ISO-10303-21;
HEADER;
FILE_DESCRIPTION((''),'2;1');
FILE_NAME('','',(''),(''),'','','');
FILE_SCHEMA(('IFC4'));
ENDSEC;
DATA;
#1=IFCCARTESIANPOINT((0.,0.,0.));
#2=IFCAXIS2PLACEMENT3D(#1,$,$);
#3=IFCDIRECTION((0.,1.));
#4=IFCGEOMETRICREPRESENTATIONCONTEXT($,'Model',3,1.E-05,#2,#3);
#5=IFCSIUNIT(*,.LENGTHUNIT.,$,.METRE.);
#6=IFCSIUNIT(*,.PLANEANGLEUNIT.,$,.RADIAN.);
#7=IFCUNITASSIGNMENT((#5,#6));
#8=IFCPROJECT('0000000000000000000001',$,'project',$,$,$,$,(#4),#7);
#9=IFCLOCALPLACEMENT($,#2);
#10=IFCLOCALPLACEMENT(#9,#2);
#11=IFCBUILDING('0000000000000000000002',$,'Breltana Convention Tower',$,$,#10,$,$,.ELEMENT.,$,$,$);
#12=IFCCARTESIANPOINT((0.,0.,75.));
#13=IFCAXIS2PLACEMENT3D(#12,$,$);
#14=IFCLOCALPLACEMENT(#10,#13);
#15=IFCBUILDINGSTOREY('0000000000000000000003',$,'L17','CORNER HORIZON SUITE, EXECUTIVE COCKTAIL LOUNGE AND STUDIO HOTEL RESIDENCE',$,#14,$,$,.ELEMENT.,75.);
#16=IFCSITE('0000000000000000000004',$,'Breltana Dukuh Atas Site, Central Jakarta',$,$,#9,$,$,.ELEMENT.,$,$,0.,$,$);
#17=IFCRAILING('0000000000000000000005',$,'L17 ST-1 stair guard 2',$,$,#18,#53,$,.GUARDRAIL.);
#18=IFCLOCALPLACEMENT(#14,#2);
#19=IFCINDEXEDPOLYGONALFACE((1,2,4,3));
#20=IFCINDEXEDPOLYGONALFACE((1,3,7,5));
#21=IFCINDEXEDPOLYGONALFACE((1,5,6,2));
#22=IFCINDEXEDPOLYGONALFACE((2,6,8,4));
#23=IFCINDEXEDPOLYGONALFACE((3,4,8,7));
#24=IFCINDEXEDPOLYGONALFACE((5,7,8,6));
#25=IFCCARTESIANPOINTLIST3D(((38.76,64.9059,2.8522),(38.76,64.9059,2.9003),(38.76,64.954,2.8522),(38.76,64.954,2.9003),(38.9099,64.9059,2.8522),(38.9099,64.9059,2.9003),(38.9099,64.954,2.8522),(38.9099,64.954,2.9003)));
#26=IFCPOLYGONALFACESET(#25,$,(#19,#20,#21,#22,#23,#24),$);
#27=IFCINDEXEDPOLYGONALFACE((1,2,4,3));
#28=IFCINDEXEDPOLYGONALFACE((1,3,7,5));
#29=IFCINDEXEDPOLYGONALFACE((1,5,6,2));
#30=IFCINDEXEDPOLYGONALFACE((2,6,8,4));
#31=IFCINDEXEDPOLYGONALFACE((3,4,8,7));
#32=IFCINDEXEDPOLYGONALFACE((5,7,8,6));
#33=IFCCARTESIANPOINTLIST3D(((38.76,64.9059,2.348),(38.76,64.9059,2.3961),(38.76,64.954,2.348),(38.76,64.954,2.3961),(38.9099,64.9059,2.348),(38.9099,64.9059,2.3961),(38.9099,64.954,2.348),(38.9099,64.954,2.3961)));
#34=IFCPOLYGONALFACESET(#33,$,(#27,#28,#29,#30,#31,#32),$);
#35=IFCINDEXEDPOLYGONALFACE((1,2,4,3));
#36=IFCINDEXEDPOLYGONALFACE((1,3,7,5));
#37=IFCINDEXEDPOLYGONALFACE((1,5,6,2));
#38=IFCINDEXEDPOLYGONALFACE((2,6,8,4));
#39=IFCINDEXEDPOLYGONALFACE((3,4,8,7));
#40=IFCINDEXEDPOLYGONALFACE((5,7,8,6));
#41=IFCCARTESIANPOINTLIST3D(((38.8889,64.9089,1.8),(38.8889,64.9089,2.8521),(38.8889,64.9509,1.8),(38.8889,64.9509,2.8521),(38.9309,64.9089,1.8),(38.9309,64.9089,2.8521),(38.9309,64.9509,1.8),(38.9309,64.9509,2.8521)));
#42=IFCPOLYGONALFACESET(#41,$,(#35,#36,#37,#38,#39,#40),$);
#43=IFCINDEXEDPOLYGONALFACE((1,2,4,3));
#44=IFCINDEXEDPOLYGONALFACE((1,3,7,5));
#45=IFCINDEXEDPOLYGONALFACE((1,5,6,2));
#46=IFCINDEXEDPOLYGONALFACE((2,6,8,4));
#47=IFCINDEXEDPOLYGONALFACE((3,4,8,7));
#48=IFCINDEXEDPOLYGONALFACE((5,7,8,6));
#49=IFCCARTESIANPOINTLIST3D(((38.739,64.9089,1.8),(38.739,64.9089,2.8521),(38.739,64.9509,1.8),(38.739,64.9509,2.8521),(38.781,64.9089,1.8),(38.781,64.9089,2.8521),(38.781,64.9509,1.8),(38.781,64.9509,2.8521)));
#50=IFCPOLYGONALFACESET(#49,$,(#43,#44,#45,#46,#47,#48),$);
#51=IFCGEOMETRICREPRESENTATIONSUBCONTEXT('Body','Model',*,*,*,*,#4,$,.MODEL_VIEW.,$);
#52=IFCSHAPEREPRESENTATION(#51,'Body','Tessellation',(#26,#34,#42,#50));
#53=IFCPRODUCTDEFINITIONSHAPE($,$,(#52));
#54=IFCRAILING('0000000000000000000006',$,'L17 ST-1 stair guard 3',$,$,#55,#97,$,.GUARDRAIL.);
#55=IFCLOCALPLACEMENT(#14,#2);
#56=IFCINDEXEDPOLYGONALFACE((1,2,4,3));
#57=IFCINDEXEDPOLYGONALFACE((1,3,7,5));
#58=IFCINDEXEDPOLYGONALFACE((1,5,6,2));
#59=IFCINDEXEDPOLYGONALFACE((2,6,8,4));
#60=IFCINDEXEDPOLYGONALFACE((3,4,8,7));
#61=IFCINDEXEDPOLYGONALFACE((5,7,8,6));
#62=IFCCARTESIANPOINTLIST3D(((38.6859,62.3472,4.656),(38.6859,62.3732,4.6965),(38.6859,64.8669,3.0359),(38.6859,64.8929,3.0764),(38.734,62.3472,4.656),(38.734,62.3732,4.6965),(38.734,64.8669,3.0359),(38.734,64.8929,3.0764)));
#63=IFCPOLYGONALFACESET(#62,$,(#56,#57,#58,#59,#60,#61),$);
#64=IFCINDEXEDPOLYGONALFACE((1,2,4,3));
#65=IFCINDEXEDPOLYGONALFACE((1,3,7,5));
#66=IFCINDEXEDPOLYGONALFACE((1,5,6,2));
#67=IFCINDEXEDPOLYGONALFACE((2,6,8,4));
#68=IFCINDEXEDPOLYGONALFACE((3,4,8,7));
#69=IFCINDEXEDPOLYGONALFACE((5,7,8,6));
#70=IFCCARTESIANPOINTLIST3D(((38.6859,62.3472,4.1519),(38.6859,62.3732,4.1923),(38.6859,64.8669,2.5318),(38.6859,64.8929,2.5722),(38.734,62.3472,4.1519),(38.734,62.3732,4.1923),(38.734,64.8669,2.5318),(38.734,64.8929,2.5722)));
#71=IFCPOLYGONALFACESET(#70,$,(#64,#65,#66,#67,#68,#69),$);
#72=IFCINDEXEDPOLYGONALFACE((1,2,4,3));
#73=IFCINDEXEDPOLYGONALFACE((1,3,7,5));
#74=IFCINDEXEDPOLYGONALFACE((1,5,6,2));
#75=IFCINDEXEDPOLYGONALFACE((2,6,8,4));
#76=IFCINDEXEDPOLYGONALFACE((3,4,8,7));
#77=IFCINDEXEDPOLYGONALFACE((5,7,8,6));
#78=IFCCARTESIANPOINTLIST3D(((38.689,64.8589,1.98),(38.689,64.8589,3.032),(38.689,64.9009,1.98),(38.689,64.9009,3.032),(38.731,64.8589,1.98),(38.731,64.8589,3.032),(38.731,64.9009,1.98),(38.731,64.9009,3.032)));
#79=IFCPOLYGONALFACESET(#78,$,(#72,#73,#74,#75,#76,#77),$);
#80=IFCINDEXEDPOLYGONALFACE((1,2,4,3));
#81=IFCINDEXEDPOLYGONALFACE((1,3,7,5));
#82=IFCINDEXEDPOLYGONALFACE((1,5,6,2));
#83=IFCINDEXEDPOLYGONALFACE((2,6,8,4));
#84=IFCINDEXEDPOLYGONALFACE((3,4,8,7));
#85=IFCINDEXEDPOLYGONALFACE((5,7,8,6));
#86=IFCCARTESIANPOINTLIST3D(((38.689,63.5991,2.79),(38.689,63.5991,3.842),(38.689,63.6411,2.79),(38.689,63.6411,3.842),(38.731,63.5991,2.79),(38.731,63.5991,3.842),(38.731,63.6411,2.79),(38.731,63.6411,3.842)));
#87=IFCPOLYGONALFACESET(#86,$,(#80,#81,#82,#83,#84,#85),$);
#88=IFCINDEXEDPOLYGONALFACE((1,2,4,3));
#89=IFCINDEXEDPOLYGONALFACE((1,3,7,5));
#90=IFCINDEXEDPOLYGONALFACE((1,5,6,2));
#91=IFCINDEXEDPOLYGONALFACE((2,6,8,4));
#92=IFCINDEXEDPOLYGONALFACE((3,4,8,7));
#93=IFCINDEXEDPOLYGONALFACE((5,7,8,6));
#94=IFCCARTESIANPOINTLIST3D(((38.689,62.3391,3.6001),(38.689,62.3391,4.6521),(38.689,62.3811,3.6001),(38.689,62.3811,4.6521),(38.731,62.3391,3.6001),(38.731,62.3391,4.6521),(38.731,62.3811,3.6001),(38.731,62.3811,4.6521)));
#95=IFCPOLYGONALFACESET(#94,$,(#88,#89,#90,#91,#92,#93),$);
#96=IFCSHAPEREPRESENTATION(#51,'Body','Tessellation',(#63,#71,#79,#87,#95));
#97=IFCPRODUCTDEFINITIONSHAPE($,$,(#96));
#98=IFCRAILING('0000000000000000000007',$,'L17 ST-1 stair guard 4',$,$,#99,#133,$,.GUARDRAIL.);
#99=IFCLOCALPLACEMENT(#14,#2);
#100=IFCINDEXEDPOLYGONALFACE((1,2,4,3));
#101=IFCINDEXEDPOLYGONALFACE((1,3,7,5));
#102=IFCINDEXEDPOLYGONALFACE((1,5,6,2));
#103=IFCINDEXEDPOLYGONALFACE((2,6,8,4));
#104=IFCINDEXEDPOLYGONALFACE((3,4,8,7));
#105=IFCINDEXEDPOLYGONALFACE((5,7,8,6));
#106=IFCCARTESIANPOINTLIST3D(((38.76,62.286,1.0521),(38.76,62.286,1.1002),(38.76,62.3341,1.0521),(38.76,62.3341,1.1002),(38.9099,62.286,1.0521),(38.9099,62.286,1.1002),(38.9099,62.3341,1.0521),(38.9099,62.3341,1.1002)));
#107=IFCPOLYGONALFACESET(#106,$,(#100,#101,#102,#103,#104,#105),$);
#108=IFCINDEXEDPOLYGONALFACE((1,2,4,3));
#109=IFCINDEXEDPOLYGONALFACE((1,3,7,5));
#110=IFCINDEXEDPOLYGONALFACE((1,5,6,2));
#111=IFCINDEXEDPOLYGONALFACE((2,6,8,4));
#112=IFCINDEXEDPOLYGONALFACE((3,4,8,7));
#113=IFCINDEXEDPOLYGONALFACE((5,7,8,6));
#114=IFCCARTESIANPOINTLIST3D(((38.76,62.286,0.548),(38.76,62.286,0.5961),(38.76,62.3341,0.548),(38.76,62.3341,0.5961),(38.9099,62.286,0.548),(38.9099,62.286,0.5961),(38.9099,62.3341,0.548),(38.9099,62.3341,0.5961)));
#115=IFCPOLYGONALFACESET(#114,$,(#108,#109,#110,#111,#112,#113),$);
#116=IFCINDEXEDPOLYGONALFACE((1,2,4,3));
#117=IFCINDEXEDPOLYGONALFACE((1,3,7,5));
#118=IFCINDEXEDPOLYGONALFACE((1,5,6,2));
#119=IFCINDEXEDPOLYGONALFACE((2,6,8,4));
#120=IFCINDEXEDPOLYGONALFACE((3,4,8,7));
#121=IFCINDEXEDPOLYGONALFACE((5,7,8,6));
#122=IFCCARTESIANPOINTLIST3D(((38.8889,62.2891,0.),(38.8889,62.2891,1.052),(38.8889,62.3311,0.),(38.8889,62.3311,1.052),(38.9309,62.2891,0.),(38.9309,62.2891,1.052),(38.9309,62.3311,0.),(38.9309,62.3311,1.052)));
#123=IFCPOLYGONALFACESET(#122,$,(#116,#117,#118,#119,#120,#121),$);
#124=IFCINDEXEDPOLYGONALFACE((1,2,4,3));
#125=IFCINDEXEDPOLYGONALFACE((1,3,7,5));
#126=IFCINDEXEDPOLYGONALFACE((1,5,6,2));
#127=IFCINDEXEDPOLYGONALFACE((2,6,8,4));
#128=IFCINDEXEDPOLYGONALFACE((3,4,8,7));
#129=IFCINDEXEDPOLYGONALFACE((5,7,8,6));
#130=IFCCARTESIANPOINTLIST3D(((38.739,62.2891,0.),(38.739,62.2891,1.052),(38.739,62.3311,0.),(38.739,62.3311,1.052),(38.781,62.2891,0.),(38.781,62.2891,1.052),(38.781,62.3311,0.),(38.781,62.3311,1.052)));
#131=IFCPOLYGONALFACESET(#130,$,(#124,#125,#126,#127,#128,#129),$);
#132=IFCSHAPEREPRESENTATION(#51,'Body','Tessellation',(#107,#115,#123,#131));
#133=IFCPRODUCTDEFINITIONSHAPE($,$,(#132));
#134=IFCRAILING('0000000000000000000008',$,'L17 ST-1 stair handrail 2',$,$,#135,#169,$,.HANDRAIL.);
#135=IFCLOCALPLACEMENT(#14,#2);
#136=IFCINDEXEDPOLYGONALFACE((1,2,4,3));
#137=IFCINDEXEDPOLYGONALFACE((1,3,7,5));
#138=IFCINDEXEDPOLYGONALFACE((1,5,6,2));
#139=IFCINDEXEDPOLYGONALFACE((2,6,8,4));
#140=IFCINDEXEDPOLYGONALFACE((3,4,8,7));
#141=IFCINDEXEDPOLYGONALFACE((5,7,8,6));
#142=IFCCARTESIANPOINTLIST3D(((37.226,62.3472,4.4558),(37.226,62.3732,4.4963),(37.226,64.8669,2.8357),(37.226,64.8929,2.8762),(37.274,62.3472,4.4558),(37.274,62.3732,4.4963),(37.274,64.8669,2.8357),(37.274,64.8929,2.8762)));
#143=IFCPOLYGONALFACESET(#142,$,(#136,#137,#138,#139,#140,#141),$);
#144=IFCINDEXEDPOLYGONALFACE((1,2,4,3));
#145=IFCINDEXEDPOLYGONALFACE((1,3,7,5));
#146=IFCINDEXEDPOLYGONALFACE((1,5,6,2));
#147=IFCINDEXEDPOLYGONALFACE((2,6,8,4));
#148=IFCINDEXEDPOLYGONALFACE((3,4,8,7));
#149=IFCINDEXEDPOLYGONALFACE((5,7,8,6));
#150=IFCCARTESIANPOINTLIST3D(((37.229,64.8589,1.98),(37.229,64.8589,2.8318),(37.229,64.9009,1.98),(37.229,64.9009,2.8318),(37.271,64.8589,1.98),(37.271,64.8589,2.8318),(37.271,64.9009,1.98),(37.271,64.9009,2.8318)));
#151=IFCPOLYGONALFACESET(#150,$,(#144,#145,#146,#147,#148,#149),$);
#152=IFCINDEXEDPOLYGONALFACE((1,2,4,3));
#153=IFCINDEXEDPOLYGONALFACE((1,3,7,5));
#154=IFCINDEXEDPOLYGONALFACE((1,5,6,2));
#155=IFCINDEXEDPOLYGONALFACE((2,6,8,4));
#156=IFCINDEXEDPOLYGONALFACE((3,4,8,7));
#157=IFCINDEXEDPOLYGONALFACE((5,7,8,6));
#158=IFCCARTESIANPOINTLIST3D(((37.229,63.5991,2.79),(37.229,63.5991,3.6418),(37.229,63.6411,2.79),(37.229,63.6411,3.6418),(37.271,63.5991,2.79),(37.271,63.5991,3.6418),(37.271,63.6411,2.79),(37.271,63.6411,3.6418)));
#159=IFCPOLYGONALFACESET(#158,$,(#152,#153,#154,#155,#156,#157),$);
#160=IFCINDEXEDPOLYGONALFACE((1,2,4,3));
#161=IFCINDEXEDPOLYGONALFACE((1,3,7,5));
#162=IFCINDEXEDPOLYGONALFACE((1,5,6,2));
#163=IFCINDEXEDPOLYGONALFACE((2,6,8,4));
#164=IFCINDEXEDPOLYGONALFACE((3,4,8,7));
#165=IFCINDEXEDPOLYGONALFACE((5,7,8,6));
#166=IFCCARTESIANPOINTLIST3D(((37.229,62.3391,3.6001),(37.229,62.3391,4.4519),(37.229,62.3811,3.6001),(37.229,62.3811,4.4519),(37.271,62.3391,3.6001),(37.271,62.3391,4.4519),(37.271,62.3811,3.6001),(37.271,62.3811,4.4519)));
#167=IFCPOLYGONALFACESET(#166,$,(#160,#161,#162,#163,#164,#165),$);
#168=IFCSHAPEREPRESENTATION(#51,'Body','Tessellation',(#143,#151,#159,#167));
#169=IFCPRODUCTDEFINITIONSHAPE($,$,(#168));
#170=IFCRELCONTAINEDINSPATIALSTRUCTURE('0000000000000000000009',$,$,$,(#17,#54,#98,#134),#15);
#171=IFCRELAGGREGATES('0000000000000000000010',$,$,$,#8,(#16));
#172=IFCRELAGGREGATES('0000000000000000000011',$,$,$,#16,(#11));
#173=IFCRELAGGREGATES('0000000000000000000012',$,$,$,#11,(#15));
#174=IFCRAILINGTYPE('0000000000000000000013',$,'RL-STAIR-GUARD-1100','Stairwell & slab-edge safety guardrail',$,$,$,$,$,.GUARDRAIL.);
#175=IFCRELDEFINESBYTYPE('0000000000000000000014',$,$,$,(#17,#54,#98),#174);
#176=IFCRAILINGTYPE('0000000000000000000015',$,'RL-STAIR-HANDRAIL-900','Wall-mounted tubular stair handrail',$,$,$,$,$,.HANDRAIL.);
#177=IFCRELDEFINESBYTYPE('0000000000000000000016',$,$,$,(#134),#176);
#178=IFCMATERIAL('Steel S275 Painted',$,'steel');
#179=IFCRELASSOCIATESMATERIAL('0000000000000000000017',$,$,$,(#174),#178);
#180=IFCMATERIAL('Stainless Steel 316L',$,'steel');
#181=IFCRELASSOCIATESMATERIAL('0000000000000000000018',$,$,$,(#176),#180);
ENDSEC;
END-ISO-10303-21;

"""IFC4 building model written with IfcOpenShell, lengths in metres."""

from ifc_helpers import new_model, si_unit, direction, frame, origin, origin_2d, place, context, subcontext, project, spatial, rectangle, extrude, material, type_object, element, save


model = new_model("IFC4")

# Units and contexts
model_context = context("Model", 3, precision=1e-05, world=origin(), true_north=direction((0.0, 1.0)))
body_context = subcontext(model_context, "Body", "Model", "MODEL_VIEW")
ifc_project = project(units=[si_unit("LENGTHUNIT", "METRE"), si_unit("PLANEANGLEUNIT", "RADIAN")], contexts=[model_context])

# Site, building, storey
site_placement = place(None, origin())
site = spatial("IfcSite", under=ifc_project, at=site_placement, Name="Breltana Dukuh Atas Site, Central Jakarta", CompositionType="ELEMENT", RefElevation=0.0)
building_placement = place(site_placement, origin())
building = spatial("IfcBuilding", under=site, at=building_placement, Name="Breltana Convention Tower", CompositionType="ELEMENT")
storey_placement = place(building_placement, frame((0.0, 0.0, 75.0)))
storey = spatial("IfcBuildingStorey", under=building, at=storey_placement, Name="L17", Description="CORNER HORIZON SUITE, EXECUTIVE COCKTAIL LOUNGE AND STUDIO HOTEL RESIDENCE", CompositionType="ELEMENT", Elevation=75.0)

# Railings
ifc_material_1 = material(Name="Steel S275 Painted", Category="steel")
railing_type_1 = type_object("IfcRailingType", Name="RL-STAIR-GUARD-1100", Description="Stairwell & slab-edge safety guardrail", PredefinedType="GUARDRAIL", material=ifc_material_1)
railing_1_placement = place(storey_placement, frame((38.9099, 64.9299, 1.8)))
element("IfcRailing", 1, at=railing_1_placement, inside=storey, type_object=railing_type_1, Name="L17 ST-1 stair guard 2", PredefinedType="GUARDRAIL", context=body_context, shape_type="SweptSolid", body=[
    extrude(rectangle(XDim=0.0481, YDim=0.0481, at=origin_2d()), frame((0.0, 0.0, 1.0762), z_axis=(-1.0, 0.0, 0.0), x_axis=(0.0, -1.0, 0.0)), (0.0, 0.0, 1.0), 0.1499),
    extrude(rectangle(XDim=0.0481, YDim=0.0481, at=origin_2d()), frame((0.0, 0.0, 0.572), z_axis=(-1.0, 0.0, 0.0), x_axis=(0.0, -1.0, 0.0)), (0.0, 0.0, 1.0), 0.1499),
    extrude(rectangle(XDim=0.042, YDim=0.042, at=origin_2d()), origin(), (0.0, 0.0, 1.0), 1.052),
    extrude(rectangle(XDim=0.042, YDim=0.042, at=origin_2d()), frame((-0.1499, 0.0, 0.0)), (0.0, 0.0, 1.0), 1.052),
])
railing_2_placement = place(storey_placement, frame((38.71, 64.8799, 1.98)))
element("IfcRailing", 2, at=railing_2_placement, inside=storey, type_object=railing_type_1, Name="L17 ST-1 stair guard 3", PredefinedType="GUARDRAIL", context=body_context, shape_type="SweptSolid", body=[
    extrude(rectangle(XDim=0.0481, YDim=0.0481, at=origin_2d()), frame((0.0, 0.0, 1.0762), z_axis=(0.0, -0.841139, 0.540819), x_axis=(1.0, 0.0, 0.0)), (0.0, 0.0, 1.0), 2.9956),
    extrude(rectangle(XDim=0.0481, YDim=0.0481, at=origin_2d()), frame((0.0, 0.0, 0.572), z_axis=(0.0, -0.841139, 0.540819), x_axis=(1.0, 0.0, 0.0)), (0.0, 0.0, 1.0), 2.9956),
    extrude(rectangle(XDim=0.042, YDim=0.042, at=origin_2d()), origin(), (0.0, 0.0, 1.0), 1.052),
    extrude(rectangle(XDim=0.042, YDim=0.042, at=origin_2d()), frame((0.0, -1.2598, 0.8101)), (0.0, 0.0, 1.0), 1.052),
    extrude(rectangle(XDim=0.042, YDim=0.042, at=origin_2d()), frame((0.0, -2.5198, 1.6201)), (0.0, 0.0, 1.0), 1.052),
])
railing_3_placement = place(storey_placement, frame((38.9099, 62.3101, 0.0)))
element("IfcRailing", 3, at=railing_3_placement, inside=storey, type_object=railing_type_1, Name="L17 ST-1 stair guard 4", PredefinedType="GUARDRAIL", context=body_context, shape_type="SweptSolid", body=[
    extrude(rectangle(XDim=0.0481, YDim=0.0481, at=origin_2d()), frame((0.0, 0.0, 1.0762), z_axis=(-1.0, 0.0, 0.0), x_axis=(0.0, -1.0, 0.0)), (0.0, 0.0, 1.0), 0.1499),
    extrude(rectangle(XDim=0.0481, YDim=0.0481, at=origin_2d()), frame((0.0, 0.0, 0.572), z_axis=(-1.0, 0.0, 0.0), x_axis=(0.0, -1.0, 0.0)), (0.0, 0.0, 1.0), 0.1499),
    extrude(rectangle(XDim=0.042, YDim=0.042, at=origin_2d()), origin(), (0.0, 0.0, 1.0), 1.052),
    extrude(rectangle(XDim=0.042, YDim=0.042, at=origin_2d()), frame((-0.1499, 0.0, 0.0)), (0.0, 0.0, 1.0), 1.052),
])
ifc_material_2 = material(Name="Stainless Steel 316L", Category="steel")
railing_type_2 = type_object("IfcRailingType", Name="RL-STAIR-HANDRAIL-900", Description="Wall-mounted tubular stair handrail", PredefinedType="HANDRAIL", material=ifc_material_2)
railing_4_placement = place(storey_placement, frame((37.25, 64.8799, 1.98)))
element("IfcRailing", 4, at=railing_4_placement, inside=storey, type_object=railing_type_2, Name="L17 ST-1 stair handrail 2", PredefinedType="HANDRAIL", context=body_context, shape_type="SweptSolid", body=[
    extrude(rectangle(XDim=0.0481, YDim=0.0481, at=origin_2d()), frame((0.0, 0.0, 0.876), z_axis=(0.0, -0.841139, 0.540819), x_axis=(1.0, 0.0, 0.0)), (0.0, 0.0, 1.0), 2.9956),
    extrude(rectangle(XDim=0.042, YDim=0.042, at=origin_2d()), origin(), (0.0, 0.0, 1.0), 0.8518),
    extrude(rectangle(XDim=0.042, YDim=0.042, at=origin_2d()), frame((0.0, -1.2598, 0.8101)), (0.0, 0.0, 1.0), 0.8518),
    extrude(rectangle(XDim=0.042, YDim=0.042, at=origin_2d()), frame((0.0, -2.5198, 1.6201)), (0.0, 0.0, 1.0), 0.8518),
])

save(model, "model.ifc")
